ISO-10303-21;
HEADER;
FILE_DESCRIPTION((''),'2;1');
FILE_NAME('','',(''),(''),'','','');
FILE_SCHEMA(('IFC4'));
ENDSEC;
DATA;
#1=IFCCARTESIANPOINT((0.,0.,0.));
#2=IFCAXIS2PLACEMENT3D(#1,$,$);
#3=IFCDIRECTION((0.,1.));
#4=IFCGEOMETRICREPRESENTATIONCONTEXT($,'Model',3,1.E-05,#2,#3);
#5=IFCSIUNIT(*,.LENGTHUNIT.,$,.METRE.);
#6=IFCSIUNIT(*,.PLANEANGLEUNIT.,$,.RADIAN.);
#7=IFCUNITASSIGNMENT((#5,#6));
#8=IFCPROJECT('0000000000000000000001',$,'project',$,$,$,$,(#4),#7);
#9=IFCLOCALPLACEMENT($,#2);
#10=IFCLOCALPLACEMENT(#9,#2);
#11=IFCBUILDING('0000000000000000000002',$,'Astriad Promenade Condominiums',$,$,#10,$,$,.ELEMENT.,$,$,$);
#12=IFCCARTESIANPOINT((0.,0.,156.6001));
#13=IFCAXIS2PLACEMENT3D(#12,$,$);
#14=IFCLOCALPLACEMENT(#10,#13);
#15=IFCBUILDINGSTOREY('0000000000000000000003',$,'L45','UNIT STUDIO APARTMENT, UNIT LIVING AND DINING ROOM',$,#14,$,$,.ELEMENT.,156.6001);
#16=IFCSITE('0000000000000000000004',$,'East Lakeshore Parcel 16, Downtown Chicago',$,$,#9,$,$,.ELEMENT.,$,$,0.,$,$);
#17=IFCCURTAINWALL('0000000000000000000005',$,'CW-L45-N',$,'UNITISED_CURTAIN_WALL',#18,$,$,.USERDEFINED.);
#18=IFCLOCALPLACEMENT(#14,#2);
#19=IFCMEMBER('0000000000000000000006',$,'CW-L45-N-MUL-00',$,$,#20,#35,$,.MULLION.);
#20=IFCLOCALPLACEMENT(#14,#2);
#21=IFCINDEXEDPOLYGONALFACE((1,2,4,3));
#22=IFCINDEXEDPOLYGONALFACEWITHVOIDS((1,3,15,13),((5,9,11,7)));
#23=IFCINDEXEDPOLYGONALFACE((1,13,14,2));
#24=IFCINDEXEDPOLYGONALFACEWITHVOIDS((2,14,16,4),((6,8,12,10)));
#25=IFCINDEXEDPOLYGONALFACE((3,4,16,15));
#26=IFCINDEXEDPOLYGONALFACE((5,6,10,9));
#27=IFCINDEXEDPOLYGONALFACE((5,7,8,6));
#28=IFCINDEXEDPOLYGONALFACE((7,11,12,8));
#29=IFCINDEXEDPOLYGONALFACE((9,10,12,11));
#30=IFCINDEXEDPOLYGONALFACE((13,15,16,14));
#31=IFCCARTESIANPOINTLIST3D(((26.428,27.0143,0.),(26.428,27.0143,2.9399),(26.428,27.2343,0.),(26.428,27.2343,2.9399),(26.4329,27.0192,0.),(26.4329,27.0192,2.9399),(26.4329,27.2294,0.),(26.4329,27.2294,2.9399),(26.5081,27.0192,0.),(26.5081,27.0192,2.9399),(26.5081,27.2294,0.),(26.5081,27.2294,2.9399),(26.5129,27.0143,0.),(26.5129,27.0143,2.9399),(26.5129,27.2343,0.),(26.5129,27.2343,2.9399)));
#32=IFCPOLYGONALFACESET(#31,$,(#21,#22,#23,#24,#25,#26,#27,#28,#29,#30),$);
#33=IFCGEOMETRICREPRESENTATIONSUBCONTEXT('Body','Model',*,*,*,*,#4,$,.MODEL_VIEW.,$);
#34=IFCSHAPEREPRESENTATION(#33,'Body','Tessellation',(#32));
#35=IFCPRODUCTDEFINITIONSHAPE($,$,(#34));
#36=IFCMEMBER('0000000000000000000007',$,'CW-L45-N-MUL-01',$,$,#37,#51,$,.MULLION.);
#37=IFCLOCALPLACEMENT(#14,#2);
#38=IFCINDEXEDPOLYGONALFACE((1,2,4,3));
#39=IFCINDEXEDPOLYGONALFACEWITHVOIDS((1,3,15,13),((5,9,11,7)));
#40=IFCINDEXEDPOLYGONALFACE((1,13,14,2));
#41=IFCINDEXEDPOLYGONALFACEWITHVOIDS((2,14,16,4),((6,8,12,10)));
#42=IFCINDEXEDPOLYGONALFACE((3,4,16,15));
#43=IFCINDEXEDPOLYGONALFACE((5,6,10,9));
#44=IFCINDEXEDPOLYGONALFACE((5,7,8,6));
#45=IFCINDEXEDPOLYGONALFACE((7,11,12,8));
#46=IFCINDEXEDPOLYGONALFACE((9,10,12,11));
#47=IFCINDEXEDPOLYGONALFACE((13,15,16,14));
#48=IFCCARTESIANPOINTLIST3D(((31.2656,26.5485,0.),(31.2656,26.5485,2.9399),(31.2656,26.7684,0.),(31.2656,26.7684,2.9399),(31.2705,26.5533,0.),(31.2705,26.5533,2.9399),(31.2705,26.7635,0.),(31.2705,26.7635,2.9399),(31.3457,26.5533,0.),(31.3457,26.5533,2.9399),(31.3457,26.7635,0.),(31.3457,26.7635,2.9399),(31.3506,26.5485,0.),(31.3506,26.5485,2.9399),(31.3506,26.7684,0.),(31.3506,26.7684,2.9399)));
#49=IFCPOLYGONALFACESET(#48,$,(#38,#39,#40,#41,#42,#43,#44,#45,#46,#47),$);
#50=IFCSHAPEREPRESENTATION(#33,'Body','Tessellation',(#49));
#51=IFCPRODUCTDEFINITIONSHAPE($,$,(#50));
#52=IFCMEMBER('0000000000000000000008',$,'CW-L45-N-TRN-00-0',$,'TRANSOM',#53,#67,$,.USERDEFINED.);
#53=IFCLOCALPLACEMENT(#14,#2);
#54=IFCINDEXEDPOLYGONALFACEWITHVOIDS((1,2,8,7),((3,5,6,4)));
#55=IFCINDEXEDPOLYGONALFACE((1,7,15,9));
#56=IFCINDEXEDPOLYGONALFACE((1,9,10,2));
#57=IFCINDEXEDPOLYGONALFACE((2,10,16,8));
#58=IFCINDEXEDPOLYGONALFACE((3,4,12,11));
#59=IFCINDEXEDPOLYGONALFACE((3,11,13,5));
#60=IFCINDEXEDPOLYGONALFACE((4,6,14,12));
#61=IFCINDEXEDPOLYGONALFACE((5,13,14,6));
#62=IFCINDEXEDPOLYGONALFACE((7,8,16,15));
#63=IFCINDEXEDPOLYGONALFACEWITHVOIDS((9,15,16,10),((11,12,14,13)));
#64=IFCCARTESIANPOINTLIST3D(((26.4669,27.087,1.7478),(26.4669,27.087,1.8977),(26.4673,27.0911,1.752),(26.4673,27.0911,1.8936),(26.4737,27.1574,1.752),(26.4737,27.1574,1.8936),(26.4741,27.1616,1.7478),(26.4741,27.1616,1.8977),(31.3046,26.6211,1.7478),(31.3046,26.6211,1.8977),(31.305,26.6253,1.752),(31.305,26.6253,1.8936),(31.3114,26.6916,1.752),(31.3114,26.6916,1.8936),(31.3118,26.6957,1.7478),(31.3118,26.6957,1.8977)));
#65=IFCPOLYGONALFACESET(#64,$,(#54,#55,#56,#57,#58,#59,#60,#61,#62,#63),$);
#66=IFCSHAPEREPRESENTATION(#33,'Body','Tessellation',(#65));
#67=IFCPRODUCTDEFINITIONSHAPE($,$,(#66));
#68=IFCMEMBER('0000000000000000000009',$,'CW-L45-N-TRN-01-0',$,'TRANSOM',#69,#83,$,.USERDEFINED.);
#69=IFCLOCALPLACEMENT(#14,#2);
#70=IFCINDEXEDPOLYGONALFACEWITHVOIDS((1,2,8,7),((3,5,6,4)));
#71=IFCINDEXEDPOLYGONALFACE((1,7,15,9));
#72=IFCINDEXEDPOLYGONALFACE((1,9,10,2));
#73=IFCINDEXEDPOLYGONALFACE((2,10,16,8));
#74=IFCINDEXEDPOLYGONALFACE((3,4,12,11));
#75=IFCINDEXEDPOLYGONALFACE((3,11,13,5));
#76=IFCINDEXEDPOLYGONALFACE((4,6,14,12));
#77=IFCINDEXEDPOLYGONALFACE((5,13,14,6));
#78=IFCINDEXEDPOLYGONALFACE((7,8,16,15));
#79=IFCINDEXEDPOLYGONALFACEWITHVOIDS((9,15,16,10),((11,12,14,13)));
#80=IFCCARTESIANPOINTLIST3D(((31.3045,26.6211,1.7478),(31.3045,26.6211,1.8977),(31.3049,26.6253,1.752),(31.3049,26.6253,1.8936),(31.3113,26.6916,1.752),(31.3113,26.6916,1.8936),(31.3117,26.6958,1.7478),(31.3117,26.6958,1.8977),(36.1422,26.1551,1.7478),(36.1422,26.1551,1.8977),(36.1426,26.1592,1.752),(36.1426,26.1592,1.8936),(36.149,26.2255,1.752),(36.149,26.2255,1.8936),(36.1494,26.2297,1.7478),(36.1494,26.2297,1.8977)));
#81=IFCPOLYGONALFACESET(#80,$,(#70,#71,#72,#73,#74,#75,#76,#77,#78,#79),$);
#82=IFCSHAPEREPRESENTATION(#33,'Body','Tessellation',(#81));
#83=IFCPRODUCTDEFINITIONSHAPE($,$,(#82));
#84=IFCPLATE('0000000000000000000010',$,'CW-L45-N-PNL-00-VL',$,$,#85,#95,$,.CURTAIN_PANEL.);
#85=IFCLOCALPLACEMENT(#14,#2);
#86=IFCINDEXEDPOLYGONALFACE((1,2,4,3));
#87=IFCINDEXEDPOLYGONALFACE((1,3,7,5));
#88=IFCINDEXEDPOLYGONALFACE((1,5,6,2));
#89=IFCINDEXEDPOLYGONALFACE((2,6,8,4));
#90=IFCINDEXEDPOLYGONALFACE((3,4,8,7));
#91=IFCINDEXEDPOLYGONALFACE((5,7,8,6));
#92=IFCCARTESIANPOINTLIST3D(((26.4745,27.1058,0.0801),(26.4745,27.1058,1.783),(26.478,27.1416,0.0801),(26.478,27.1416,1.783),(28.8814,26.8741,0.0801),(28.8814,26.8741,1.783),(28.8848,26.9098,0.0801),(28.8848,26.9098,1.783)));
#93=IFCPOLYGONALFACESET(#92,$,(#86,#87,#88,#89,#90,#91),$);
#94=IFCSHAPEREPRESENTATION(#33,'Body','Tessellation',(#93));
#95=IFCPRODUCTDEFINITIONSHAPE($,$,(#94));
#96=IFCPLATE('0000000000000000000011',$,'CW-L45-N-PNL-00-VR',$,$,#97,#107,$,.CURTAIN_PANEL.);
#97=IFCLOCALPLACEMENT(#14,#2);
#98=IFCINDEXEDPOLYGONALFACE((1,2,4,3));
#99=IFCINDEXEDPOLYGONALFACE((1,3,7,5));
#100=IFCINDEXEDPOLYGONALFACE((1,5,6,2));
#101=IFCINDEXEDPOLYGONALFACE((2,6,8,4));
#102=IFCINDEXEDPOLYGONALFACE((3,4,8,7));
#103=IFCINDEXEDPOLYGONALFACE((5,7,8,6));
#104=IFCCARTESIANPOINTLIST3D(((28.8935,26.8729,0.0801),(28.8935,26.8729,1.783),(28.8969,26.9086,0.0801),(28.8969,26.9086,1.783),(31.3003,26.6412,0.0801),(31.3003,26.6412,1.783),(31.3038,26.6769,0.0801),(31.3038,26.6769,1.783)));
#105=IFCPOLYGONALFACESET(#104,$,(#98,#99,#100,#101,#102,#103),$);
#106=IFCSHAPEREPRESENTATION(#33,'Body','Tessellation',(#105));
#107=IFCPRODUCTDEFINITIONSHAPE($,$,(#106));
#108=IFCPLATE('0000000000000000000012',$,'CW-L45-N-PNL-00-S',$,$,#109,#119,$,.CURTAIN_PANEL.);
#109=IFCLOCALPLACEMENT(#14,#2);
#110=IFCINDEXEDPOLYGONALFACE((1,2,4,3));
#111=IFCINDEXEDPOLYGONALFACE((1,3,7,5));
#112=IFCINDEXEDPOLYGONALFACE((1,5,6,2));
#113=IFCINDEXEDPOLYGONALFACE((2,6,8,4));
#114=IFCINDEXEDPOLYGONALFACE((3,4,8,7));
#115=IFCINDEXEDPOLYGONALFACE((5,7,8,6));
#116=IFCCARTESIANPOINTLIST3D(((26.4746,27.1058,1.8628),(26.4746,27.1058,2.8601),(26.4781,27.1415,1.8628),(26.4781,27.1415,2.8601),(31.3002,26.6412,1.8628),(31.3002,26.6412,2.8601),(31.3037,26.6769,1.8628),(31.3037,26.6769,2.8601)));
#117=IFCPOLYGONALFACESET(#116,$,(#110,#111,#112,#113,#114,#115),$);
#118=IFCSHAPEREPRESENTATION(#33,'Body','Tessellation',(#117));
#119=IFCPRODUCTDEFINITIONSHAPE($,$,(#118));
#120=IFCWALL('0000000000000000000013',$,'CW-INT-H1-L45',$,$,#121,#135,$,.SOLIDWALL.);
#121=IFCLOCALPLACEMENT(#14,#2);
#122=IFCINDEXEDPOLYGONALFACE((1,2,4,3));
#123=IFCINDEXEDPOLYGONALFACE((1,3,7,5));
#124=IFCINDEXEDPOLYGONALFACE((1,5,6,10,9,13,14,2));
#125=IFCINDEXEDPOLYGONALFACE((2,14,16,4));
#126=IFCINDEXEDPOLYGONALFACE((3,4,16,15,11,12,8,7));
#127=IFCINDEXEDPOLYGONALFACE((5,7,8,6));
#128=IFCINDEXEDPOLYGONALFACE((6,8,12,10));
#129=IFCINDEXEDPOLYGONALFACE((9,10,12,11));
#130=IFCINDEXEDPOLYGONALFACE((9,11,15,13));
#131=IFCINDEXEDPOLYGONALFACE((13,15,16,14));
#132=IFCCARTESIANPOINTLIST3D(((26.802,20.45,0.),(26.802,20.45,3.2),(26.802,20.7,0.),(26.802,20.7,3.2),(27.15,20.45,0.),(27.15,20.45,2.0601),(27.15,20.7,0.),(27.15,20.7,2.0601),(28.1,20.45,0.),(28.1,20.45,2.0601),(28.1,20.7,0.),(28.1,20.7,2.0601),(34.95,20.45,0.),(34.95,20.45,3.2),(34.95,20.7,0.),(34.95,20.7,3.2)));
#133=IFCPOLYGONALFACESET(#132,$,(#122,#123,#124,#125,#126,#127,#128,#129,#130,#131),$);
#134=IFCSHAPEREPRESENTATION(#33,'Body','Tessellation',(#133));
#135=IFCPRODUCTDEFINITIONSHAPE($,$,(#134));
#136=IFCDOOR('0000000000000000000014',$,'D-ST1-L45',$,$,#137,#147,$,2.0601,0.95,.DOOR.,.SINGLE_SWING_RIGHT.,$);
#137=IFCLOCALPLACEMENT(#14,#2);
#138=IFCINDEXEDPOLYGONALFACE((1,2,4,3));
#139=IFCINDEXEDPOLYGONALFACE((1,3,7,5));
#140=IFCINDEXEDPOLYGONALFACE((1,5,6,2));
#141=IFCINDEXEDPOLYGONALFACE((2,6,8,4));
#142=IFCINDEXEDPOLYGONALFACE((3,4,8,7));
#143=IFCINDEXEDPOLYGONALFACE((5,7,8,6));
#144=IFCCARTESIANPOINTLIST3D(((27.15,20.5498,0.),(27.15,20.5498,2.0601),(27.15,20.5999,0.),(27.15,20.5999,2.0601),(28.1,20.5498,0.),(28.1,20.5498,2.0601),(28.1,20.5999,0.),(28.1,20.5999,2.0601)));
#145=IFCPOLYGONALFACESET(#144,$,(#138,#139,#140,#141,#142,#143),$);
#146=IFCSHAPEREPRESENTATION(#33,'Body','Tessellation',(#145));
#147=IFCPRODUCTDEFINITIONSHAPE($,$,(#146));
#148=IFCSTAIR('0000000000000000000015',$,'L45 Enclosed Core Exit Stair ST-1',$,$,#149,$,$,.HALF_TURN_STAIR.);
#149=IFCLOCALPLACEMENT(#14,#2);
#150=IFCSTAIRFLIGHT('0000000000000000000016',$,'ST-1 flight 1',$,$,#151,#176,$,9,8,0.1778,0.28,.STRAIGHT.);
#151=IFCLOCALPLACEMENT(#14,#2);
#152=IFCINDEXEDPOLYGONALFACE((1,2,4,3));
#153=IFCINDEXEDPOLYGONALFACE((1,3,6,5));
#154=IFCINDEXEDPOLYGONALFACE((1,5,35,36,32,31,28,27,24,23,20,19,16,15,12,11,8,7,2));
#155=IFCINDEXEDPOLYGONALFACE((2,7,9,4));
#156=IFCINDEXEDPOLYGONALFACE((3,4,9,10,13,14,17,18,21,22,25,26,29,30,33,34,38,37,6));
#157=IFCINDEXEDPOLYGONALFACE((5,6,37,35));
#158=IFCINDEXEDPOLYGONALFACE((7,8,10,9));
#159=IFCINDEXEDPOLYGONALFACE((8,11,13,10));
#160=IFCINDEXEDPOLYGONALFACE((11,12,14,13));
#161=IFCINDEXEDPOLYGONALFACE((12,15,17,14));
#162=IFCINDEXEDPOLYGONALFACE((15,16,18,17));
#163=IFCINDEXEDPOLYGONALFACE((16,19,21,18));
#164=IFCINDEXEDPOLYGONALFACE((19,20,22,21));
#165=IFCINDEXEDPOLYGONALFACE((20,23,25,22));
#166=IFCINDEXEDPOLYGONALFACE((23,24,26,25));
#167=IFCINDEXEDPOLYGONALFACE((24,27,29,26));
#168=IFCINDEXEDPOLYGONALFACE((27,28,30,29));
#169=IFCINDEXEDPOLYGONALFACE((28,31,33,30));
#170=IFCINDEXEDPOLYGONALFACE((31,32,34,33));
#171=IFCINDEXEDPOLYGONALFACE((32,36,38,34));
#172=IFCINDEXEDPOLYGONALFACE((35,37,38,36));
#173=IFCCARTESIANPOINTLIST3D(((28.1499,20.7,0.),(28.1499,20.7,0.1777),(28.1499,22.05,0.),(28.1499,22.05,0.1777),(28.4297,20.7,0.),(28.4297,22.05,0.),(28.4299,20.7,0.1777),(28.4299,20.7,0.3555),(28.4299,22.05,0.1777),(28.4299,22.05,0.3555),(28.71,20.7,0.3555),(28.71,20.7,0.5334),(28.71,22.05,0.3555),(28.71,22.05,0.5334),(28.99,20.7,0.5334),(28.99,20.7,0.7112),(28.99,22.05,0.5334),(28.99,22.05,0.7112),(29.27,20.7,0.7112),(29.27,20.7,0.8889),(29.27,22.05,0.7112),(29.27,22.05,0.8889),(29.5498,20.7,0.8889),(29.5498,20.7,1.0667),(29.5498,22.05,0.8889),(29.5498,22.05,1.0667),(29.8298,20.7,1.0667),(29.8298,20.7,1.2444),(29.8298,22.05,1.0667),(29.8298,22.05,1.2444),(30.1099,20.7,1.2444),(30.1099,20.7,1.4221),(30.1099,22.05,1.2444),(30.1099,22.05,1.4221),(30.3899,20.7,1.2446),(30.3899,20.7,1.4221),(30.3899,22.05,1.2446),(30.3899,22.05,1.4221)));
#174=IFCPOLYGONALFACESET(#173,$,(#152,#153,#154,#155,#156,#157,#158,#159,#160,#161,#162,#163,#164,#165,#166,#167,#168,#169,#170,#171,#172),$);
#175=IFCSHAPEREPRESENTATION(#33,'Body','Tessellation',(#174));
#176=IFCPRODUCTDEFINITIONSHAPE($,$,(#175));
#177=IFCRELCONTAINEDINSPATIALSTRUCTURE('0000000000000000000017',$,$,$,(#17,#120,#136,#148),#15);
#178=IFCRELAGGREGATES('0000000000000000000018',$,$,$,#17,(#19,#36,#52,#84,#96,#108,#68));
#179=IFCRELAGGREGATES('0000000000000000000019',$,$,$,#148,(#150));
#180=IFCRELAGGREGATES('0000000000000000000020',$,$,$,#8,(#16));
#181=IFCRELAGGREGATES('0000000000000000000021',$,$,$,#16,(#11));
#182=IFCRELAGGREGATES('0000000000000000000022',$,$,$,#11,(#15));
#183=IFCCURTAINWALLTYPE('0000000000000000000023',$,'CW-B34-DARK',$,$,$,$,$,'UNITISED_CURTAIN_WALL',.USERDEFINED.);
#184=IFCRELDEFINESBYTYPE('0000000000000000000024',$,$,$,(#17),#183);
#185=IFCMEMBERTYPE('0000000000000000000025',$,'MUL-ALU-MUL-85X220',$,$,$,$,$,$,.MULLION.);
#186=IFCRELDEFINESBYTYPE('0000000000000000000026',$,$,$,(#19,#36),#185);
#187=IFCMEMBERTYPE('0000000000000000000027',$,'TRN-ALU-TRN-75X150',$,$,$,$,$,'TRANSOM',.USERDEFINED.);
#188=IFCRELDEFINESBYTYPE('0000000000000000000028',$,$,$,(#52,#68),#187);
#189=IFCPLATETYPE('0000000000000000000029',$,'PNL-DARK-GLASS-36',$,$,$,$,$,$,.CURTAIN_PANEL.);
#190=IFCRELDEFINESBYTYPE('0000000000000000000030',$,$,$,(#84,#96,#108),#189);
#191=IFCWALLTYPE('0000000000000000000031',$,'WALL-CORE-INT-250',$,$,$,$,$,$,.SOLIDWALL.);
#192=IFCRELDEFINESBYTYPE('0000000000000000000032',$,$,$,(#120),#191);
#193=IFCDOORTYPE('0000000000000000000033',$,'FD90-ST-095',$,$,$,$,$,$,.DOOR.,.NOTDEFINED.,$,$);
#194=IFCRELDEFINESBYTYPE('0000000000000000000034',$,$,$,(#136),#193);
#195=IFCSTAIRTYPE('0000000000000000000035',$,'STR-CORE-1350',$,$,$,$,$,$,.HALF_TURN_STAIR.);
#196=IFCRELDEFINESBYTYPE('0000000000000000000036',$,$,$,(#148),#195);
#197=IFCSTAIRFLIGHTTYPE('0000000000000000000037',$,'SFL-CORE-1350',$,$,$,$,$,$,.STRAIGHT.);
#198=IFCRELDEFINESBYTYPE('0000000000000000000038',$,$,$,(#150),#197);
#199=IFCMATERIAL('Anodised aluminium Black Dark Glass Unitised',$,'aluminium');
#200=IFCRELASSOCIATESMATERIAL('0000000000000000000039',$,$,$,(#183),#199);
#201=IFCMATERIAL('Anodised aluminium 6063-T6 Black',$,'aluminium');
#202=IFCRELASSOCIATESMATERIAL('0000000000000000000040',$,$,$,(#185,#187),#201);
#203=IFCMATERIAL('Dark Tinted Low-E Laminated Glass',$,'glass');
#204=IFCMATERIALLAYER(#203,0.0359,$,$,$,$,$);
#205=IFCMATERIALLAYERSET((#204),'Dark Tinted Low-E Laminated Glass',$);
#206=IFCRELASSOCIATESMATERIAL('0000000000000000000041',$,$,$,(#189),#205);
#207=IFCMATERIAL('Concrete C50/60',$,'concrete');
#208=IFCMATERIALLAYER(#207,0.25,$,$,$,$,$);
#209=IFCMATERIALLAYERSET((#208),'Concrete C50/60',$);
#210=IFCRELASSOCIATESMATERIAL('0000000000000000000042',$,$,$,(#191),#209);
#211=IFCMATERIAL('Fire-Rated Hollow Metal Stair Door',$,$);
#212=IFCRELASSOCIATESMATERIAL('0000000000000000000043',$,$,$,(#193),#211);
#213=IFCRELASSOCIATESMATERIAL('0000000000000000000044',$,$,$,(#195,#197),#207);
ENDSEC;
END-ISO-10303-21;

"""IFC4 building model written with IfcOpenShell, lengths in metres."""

from ifc_helpers import new_model, si_unit, direction, frame, frame_2d, origin, origin_2d, place, context, subcontext, project, spatial, polyline, rectangle, hollow_rectangle, outline, extrude, source, transform, mapped, material, layer, layer_set, material_profile, profile_set, type_object, type_shapes, element, fill, aggregate, save


model = new_model("IFC4")

# Units and contexts
model_context = context("Model", 3, precision=1e-05, world=origin(), true_north=direction((0.0, 1.0)))
body_context = subcontext(model_context, "Body", "Model", "MODEL_VIEW")
ifc_project = project(units=[si_unit("LENGTHUNIT", "METRE"), si_unit("PLANEANGLEUNIT", "RADIAN")], contexts=[model_context])

# Site, building, storey
site_placement = place(None, origin())
site = spatial("IfcSite", under=ifc_project, at=site_placement, Name="East Lakeshore Parcel 16, Downtown Chicago", CompositionType="ELEMENT", RefElevation=0.0)
building_placement = place(site_placement, origin())
building = spatial("IfcBuilding", under=site, at=building_placement, Name="Astriad Promenade Condominiums", CompositionType="ELEMENT")
storey_placement = place(building_placement, frame((0.0, 0.0, 156.6001)))
storey = spatial("IfcBuildingStorey", under=building, at=storey_placement, Name="L45", Description="UNIT STUDIO APARTMENT, UNIT LIVING AND DINING ROOM", CompositionType="ELEMENT", Elevation=156.6001)

# Curtain wall, members, plates
ifc_material_1 = material(Name="Anodised aluminium Black Dark Glass Unitised", Category="aluminium")
curtain_wall_type = type_object("IfcCurtainWallType", Name="CW-B34-DARK", ElementType="UNITISED_CURTAIN_WALL", PredefinedType="USERDEFINED", material=ifc_material_1)
curtain_wall_placement = place(storey_placement, origin())
curtain_wall = element("IfcCurtainWall", 1, at=curtain_wall_placement, inside=storey, type_object=curtain_wall_type, Name="CW-L45-N", ObjectType="UNITISED_CURTAIN_WALL", PredefinedType="USERDEFINED")
ifc_material_2 = material(Name="Anodised aluminium 6063-T6 Black", Category="aluminium")
ifc_material_profile_1 = material_profile(ifc_material_2, hollow_rectangle(XDim=0.085, YDim=0.22, WallThickness=0.0049, at=origin_2d()), Name="ALU-MUL-85X220")
ifc_profile_set_1 = profile_set([ifc_material_profile_1], Name="Anodised aluminium 6063-T6 Black")
member_type_1 = type_object("IfcMemberType", Name="MUL-ALU-MUL-85X220", PredefinedType="MULLION", material=ifc_profile_set_1)
shared_shape_1 = source(origin(), body_context, "Body", "SweptSolid", [
    extrude(hollow_rectangle(XDim=0.085, YDim=0.22, WallThickness=0.0049, at=origin_2d()), origin(), (0.0, 0.0, 1.0), 2.9399),
])
type_shapes(member_type_1, [shared_shape_1])
member_1_placement = place(storey_placement, frame((26.4705, 27.1243, 0.0), z_axis=(0.0, 0.0, 1.0), x_axis=(1.0, 0.0, 0.0)))
member_1 = element("IfcMember", 2, at=member_1_placement, type_object=member_type_1, Name="CW-L45-N-MUL-00", PredefinedType="MULLION", context=body_context, shape_type="MappedRepresentation", body=[
    mapped(shared_shape_1, transform((0.0, 0.0, 0.0), scale=1.0)),
])
member_2_placement = place(storey_placement, frame((31.3081, 26.6584, 0.0), z_axis=(0.0, 0.0, 1.0), x_axis=(1.0, 0.0, 0.0)))
member_2 = element("IfcMember", 3, at=member_2_placement, type_object=member_type_1, Name="CW-L45-N-MUL-01", PredefinedType="MULLION", context=body_context, shape_type="MappedRepresentation", body=[
    mapped(shared_shape_1, transform((0.0, 0.0, 0.0), scale=1.0)),
])
ifc_material_profile_2 = material_profile(ifc_material_2, hollow_rectangle(XDim=0.075, YDim=0.1499, WallThickness=0.0042, at=origin_2d()), Name="ALU-TRN-75X150")
ifc_profile_set_2 = profile_set([ifc_material_profile_2], Name="Anodised aluminium 6063-T6 Black")
member_type_2 = type_object("IfcMemberType", Name="TRN-ALU-TRN-75X150", ElementType="TRANSOM", PredefinedType="USERDEFINED", material=ifc_profile_set_2)
shared_shape_2 = source(origin(), body_context, "Body", "SweptSolid", [
    extrude(hollow_rectangle(XDim=0.075, YDim=0.1499, WallThickness=0.0042, at=origin_2d()), origin(), (0.0, 0.0, 1.0), 4.8601),
])
type_shapes(member_type_2, [shared_shape_2])
member_3_placement = place(storey_placement, frame((26.4705, 27.1243, 1.8228), z_axis=(0.995396, -0.095847, 0.0), x_axis=(0.095847, 0.995396, 0.0)))
member_3 = element("IfcMember", 4, at=member_3_placement, type_object=member_type_2, Name="CW-L45-N-TRN-00-0", ObjectType="TRANSOM", PredefinedType="USERDEFINED", context=body_context, shape_type="MappedRepresentation", body=[
    mapped(shared_shape_2, transform((0.0, 0.0, 0.0), scale=1.0)),
])
member_4_placement = place(storey_placement, frame((31.3081, 26.6584, 1.8228), z_axis=(0.995391, -0.095897, 0.0), x_axis=(0.095897, 0.995391, 0.0)))
member_4 = element("IfcMember", 5, at=member_4_placement, type_object=member_type_2, Name="CW-L45-N-TRN-01-0", ObjectType="TRANSOM", PredefinedType="USERDEFINED", context=body_context, shape_type="MappedRepresentation", body=[
    mapped(shared_shape_2, transform((0.0, 0.0, 0.0), scale=1.0)),
])
ifc_material_3 = material(Name="Dark Tinted Low-E Laminated Glass", Category="glass")
ifc_layer_1 = layer(ifc_material_3, 0.0359)
ifc_layer_set_1 = layer_set([ifc_layer_1], Name="Dark Tinted Low-E Laminated Glass")
plate_type = type_object("IfcPlateType", Name="PNL-DARK-GLASS-36", PredefinedType="CURTAIN_PANEL", material=ifc_layer_set_1)
shared_shape_3 = source(origin(), body_context, "Body", "SweptSolid", [
    extrude(rectangle(XDim=2.418, YDim=0.0359, at=origin_2d()), origin(), (0.0, 0.0, 1.0), 1.7029),
])
plate_1_placement = place(storey_placement, frame((27.6797, 27.0078, 0.0801), z_axis=(0.0, 0.0, 1.0), x_axis=(0.995396, -0.095846, 0.0)))
plate_1 = element("IfcPlate", 6, at=plate_1_placement, type_object=plate_type, Name="CW-L45-N-PNL-00-VL", PredefinedType="CURTAIN_PANEL", context=body_context, shape_type="MappedRepresentation", body=[
    mapped(shared_shape_3, transform((0.0, 0.0, 0.0), scale=1.0)),
])
plate_2_placement = place(storey_placement, frame((30.0986, 26.7749, 0.0801), z_axis=(0.0, 0.0, 1.0), x_axis=(0.995396, -0.095846, 0.0)))
plate_2 = element("IfcPlate", 7, at=plate_2_placement, type_object=plate_type, Name="CW-L45-N-PNL-00-VR", PredefinedType="CURTAIN_PANEL", context=body_context, shape_type="MappedRepresentation", body=[
    mapped(shared_shape_3, transform((0.0, 0.0, 0.0), scale=1.0)),
])
shared_shape_4 = source(origin(), body_context, "Body", "SweptSolid", [
    extrude(rectangle(XDim=4.8479, YDim=0.0359, at=origin_2d()), origin(), (0.0, 0.0, 1.0), 0.9973),
])
type_shapes(plate_type, [shared_shape_3, shared_shape_4])
plate_3_placement = place(storey_placement, frame((28.8892, 26.8914, 1.8628), z_axis=(0.0, 0.0, 1.0), x_axis=(0.995396, -0.095846, 0.0)))
plate_3 = element("IfcPlate", 8, at=plate_3_placement, type_object=plate_type, Name="CW-L45-N-PNL-00-S", PredefinedType="CURTAIN_PANEL", context=body_context, shape_type="MappedRepresentation", body=[
    mapped(shared_shape_4, transform((0.0, 0.0, 0.0), scale=1.0)),
])
aggregate(curtain_wall, [member_1, member_2, member_3, plate_1, plate_2, plate_3, member_4])

# Wall, opening, door
ifc_material_4 = material(Name="Concrete C50/60", Category="concrete")
ifc_layer_2 = layer(ifc_material_4, 0.25)
ifc_layer_set_2 = layer_set([ifc_layer_2], Name="Concrete C50/60")
wall_type = type_object("IfcWallType", Name="WALL-CORE-INT-250", PredefinedType="SOLIDWALL", material=ifc_layer_set_2)
wall_placement = place(storey_placement, frame((26.802, 20.575, 0.0), z_axis=(0.0, 0.0, 1.0), x_axis=(1.0, 0.0, 0.0)))
wall = element("IfcWall", 9, at=wall_placement, inside=storey, type_object=wall_type, Name="CW-INT-H1-L45", PredefinedType="SOLIDWALL", context=body_context, shape_type="SweptSolid", body=[
    extrude(rectangle(XDim=8.1479, YDim=0.25, at=frame_2d((4.074, 0.0))), origin(), (0.0, 0.0, 1.0), 3.2),
])
opening_placement = place(wall_placement, frame((0.3479, 0.0, 0.0)))
opening = element("IfcOpeningElement", 10, at=opening_placement, cuts=wall, PredefinedType="OPENING", context=body_context, shape_type="SweptSolid", body=[
    extrude(rectangle(XDim=0.95, YDim=2.0601, at=frame_2d((0.4751, 1.03))), frame((0.0, 0.135, 0.0), z_axis=(0.0, -1.0, 0.0), x_axis=(1.0, 0.0, 0.0)), (0.0, 0.0, 1.0), 0.27),
])
ifc_material_5 = material(Name="Fire-Rated Hollow Metal Stair Door")
door_type = type_object("IfcDoorType", Name="FD90-ST-095", OperationType="NOTDEFINED", PredefinedType="DOOR", material=ifc_material_5)
shared_shape_5 = source(origin(), body_context, "Body", "SweptSolid", [
    extrude(rectangle(XDim=0.95, YDim=2.0601, at=frame_2d((0.4751, 1.03))), frame((0.0, 0.0249, 0.0), z_axis=(0.0, -1.0, 0.0), x_axis=(1.0, 0.0, 0.0)), (0.0, 0.0, 1.0), 0.05),
])
type_shapes(door_type, [shared_shape_5])
door_placement = place(opening_placement, origin())
door = element("IfcDoor", 11, at=door_placement, inside=storey, type_object=door_type, Name="D-ST1-L45", OperationType="SINGLE_SWING_RIGHT", OverallHeight=2.0601, OverallWidth=0.95, PredefinedType="DOOR", context=body_context, shape_type="MappedRepresentation", body=[
    mapped(shared_shape_5, transform((0.0, 0.0, 0.0), scale=1.0)),
])
fill(opening, door)

# Stair, stair flight
stair_type = type_object("IfcStairType", Name="STR-CORE-1350", PredefinedType="HALF_TURN_STAIR", material=ifc_material_4)
stair_placement = place(storey_placement, origin())
stair = element("IfcStair", 12, at=stair_placement, inside=storey, type_object=stair_type, Name="L45 Enclosed Core Exit Stair ST-1", PredefinedType="HALF_TURN_STAIR")
stair_flight_type = type_object("IfcStairFlightType", Name="SFL-CORE-1350", PredefinedType="STRAIGHT", material=ifc_material_4)
shared_shape_6 = source(origin(), body_context, "Body", "SweptSolid", [
    extrude(outline(polyline([(0.0, 0.0), (0.0, 0.1777), (0.28, 0.1777), (0.28, 0.3555), (0.5601, 0.3555), (0.5601, 0.5334), (0.8401, 0.5334), (0.8401, 0.7112), (1.1201, 0.7112), (1.1201, 0.8889), (1.3999, 0.8889), (1.3999, 1.0667), (1.6799, 1.0667), (1.6799, 1.2444), (1.96, 1.2444), (1.96, 1.4221), (2.24, 1.4221), (2.24, 1.6001), (2.24, 1.2446), (0.2798, 0.0), (0.0, 0.0)])), frame((0.0, 0.675, 0.0), z_axis=(0.0, -1.0, 0.0), x_axis=(1.0, 0.0, 0.0)), (0.0, 0.0, 1.0), 1.3501),
])
type_shapes(stair_flight_type, [shared_shape_6])
stair_flight_1_placement = place(storey_placement, frame((28.1499, 21.375, 0.0), z_axis=(0.0, 0.0, 1.0), x_axis=(1.0, 0.0, 0.0)))
stair_flight_1 = element("IfcStairFlight", 13, at=stair_flight_1_placement, type_object=stair_flight_type, Name="ST-1 flight 1", NumberOfRisers=9, NumberOfTreads=8, PredefinedType="STRAIGHT", RiserHeight=0.1778, TreadLength=0.28, context=body_context, shape_type="MappedRepresentation", body=[
    mapped(shared_shape_6, transform((0.0, 0.0, 0.0), scale=1.0)),
])
aggregate(stair, [stair_flight_1])

save(model, "model.ifc")
